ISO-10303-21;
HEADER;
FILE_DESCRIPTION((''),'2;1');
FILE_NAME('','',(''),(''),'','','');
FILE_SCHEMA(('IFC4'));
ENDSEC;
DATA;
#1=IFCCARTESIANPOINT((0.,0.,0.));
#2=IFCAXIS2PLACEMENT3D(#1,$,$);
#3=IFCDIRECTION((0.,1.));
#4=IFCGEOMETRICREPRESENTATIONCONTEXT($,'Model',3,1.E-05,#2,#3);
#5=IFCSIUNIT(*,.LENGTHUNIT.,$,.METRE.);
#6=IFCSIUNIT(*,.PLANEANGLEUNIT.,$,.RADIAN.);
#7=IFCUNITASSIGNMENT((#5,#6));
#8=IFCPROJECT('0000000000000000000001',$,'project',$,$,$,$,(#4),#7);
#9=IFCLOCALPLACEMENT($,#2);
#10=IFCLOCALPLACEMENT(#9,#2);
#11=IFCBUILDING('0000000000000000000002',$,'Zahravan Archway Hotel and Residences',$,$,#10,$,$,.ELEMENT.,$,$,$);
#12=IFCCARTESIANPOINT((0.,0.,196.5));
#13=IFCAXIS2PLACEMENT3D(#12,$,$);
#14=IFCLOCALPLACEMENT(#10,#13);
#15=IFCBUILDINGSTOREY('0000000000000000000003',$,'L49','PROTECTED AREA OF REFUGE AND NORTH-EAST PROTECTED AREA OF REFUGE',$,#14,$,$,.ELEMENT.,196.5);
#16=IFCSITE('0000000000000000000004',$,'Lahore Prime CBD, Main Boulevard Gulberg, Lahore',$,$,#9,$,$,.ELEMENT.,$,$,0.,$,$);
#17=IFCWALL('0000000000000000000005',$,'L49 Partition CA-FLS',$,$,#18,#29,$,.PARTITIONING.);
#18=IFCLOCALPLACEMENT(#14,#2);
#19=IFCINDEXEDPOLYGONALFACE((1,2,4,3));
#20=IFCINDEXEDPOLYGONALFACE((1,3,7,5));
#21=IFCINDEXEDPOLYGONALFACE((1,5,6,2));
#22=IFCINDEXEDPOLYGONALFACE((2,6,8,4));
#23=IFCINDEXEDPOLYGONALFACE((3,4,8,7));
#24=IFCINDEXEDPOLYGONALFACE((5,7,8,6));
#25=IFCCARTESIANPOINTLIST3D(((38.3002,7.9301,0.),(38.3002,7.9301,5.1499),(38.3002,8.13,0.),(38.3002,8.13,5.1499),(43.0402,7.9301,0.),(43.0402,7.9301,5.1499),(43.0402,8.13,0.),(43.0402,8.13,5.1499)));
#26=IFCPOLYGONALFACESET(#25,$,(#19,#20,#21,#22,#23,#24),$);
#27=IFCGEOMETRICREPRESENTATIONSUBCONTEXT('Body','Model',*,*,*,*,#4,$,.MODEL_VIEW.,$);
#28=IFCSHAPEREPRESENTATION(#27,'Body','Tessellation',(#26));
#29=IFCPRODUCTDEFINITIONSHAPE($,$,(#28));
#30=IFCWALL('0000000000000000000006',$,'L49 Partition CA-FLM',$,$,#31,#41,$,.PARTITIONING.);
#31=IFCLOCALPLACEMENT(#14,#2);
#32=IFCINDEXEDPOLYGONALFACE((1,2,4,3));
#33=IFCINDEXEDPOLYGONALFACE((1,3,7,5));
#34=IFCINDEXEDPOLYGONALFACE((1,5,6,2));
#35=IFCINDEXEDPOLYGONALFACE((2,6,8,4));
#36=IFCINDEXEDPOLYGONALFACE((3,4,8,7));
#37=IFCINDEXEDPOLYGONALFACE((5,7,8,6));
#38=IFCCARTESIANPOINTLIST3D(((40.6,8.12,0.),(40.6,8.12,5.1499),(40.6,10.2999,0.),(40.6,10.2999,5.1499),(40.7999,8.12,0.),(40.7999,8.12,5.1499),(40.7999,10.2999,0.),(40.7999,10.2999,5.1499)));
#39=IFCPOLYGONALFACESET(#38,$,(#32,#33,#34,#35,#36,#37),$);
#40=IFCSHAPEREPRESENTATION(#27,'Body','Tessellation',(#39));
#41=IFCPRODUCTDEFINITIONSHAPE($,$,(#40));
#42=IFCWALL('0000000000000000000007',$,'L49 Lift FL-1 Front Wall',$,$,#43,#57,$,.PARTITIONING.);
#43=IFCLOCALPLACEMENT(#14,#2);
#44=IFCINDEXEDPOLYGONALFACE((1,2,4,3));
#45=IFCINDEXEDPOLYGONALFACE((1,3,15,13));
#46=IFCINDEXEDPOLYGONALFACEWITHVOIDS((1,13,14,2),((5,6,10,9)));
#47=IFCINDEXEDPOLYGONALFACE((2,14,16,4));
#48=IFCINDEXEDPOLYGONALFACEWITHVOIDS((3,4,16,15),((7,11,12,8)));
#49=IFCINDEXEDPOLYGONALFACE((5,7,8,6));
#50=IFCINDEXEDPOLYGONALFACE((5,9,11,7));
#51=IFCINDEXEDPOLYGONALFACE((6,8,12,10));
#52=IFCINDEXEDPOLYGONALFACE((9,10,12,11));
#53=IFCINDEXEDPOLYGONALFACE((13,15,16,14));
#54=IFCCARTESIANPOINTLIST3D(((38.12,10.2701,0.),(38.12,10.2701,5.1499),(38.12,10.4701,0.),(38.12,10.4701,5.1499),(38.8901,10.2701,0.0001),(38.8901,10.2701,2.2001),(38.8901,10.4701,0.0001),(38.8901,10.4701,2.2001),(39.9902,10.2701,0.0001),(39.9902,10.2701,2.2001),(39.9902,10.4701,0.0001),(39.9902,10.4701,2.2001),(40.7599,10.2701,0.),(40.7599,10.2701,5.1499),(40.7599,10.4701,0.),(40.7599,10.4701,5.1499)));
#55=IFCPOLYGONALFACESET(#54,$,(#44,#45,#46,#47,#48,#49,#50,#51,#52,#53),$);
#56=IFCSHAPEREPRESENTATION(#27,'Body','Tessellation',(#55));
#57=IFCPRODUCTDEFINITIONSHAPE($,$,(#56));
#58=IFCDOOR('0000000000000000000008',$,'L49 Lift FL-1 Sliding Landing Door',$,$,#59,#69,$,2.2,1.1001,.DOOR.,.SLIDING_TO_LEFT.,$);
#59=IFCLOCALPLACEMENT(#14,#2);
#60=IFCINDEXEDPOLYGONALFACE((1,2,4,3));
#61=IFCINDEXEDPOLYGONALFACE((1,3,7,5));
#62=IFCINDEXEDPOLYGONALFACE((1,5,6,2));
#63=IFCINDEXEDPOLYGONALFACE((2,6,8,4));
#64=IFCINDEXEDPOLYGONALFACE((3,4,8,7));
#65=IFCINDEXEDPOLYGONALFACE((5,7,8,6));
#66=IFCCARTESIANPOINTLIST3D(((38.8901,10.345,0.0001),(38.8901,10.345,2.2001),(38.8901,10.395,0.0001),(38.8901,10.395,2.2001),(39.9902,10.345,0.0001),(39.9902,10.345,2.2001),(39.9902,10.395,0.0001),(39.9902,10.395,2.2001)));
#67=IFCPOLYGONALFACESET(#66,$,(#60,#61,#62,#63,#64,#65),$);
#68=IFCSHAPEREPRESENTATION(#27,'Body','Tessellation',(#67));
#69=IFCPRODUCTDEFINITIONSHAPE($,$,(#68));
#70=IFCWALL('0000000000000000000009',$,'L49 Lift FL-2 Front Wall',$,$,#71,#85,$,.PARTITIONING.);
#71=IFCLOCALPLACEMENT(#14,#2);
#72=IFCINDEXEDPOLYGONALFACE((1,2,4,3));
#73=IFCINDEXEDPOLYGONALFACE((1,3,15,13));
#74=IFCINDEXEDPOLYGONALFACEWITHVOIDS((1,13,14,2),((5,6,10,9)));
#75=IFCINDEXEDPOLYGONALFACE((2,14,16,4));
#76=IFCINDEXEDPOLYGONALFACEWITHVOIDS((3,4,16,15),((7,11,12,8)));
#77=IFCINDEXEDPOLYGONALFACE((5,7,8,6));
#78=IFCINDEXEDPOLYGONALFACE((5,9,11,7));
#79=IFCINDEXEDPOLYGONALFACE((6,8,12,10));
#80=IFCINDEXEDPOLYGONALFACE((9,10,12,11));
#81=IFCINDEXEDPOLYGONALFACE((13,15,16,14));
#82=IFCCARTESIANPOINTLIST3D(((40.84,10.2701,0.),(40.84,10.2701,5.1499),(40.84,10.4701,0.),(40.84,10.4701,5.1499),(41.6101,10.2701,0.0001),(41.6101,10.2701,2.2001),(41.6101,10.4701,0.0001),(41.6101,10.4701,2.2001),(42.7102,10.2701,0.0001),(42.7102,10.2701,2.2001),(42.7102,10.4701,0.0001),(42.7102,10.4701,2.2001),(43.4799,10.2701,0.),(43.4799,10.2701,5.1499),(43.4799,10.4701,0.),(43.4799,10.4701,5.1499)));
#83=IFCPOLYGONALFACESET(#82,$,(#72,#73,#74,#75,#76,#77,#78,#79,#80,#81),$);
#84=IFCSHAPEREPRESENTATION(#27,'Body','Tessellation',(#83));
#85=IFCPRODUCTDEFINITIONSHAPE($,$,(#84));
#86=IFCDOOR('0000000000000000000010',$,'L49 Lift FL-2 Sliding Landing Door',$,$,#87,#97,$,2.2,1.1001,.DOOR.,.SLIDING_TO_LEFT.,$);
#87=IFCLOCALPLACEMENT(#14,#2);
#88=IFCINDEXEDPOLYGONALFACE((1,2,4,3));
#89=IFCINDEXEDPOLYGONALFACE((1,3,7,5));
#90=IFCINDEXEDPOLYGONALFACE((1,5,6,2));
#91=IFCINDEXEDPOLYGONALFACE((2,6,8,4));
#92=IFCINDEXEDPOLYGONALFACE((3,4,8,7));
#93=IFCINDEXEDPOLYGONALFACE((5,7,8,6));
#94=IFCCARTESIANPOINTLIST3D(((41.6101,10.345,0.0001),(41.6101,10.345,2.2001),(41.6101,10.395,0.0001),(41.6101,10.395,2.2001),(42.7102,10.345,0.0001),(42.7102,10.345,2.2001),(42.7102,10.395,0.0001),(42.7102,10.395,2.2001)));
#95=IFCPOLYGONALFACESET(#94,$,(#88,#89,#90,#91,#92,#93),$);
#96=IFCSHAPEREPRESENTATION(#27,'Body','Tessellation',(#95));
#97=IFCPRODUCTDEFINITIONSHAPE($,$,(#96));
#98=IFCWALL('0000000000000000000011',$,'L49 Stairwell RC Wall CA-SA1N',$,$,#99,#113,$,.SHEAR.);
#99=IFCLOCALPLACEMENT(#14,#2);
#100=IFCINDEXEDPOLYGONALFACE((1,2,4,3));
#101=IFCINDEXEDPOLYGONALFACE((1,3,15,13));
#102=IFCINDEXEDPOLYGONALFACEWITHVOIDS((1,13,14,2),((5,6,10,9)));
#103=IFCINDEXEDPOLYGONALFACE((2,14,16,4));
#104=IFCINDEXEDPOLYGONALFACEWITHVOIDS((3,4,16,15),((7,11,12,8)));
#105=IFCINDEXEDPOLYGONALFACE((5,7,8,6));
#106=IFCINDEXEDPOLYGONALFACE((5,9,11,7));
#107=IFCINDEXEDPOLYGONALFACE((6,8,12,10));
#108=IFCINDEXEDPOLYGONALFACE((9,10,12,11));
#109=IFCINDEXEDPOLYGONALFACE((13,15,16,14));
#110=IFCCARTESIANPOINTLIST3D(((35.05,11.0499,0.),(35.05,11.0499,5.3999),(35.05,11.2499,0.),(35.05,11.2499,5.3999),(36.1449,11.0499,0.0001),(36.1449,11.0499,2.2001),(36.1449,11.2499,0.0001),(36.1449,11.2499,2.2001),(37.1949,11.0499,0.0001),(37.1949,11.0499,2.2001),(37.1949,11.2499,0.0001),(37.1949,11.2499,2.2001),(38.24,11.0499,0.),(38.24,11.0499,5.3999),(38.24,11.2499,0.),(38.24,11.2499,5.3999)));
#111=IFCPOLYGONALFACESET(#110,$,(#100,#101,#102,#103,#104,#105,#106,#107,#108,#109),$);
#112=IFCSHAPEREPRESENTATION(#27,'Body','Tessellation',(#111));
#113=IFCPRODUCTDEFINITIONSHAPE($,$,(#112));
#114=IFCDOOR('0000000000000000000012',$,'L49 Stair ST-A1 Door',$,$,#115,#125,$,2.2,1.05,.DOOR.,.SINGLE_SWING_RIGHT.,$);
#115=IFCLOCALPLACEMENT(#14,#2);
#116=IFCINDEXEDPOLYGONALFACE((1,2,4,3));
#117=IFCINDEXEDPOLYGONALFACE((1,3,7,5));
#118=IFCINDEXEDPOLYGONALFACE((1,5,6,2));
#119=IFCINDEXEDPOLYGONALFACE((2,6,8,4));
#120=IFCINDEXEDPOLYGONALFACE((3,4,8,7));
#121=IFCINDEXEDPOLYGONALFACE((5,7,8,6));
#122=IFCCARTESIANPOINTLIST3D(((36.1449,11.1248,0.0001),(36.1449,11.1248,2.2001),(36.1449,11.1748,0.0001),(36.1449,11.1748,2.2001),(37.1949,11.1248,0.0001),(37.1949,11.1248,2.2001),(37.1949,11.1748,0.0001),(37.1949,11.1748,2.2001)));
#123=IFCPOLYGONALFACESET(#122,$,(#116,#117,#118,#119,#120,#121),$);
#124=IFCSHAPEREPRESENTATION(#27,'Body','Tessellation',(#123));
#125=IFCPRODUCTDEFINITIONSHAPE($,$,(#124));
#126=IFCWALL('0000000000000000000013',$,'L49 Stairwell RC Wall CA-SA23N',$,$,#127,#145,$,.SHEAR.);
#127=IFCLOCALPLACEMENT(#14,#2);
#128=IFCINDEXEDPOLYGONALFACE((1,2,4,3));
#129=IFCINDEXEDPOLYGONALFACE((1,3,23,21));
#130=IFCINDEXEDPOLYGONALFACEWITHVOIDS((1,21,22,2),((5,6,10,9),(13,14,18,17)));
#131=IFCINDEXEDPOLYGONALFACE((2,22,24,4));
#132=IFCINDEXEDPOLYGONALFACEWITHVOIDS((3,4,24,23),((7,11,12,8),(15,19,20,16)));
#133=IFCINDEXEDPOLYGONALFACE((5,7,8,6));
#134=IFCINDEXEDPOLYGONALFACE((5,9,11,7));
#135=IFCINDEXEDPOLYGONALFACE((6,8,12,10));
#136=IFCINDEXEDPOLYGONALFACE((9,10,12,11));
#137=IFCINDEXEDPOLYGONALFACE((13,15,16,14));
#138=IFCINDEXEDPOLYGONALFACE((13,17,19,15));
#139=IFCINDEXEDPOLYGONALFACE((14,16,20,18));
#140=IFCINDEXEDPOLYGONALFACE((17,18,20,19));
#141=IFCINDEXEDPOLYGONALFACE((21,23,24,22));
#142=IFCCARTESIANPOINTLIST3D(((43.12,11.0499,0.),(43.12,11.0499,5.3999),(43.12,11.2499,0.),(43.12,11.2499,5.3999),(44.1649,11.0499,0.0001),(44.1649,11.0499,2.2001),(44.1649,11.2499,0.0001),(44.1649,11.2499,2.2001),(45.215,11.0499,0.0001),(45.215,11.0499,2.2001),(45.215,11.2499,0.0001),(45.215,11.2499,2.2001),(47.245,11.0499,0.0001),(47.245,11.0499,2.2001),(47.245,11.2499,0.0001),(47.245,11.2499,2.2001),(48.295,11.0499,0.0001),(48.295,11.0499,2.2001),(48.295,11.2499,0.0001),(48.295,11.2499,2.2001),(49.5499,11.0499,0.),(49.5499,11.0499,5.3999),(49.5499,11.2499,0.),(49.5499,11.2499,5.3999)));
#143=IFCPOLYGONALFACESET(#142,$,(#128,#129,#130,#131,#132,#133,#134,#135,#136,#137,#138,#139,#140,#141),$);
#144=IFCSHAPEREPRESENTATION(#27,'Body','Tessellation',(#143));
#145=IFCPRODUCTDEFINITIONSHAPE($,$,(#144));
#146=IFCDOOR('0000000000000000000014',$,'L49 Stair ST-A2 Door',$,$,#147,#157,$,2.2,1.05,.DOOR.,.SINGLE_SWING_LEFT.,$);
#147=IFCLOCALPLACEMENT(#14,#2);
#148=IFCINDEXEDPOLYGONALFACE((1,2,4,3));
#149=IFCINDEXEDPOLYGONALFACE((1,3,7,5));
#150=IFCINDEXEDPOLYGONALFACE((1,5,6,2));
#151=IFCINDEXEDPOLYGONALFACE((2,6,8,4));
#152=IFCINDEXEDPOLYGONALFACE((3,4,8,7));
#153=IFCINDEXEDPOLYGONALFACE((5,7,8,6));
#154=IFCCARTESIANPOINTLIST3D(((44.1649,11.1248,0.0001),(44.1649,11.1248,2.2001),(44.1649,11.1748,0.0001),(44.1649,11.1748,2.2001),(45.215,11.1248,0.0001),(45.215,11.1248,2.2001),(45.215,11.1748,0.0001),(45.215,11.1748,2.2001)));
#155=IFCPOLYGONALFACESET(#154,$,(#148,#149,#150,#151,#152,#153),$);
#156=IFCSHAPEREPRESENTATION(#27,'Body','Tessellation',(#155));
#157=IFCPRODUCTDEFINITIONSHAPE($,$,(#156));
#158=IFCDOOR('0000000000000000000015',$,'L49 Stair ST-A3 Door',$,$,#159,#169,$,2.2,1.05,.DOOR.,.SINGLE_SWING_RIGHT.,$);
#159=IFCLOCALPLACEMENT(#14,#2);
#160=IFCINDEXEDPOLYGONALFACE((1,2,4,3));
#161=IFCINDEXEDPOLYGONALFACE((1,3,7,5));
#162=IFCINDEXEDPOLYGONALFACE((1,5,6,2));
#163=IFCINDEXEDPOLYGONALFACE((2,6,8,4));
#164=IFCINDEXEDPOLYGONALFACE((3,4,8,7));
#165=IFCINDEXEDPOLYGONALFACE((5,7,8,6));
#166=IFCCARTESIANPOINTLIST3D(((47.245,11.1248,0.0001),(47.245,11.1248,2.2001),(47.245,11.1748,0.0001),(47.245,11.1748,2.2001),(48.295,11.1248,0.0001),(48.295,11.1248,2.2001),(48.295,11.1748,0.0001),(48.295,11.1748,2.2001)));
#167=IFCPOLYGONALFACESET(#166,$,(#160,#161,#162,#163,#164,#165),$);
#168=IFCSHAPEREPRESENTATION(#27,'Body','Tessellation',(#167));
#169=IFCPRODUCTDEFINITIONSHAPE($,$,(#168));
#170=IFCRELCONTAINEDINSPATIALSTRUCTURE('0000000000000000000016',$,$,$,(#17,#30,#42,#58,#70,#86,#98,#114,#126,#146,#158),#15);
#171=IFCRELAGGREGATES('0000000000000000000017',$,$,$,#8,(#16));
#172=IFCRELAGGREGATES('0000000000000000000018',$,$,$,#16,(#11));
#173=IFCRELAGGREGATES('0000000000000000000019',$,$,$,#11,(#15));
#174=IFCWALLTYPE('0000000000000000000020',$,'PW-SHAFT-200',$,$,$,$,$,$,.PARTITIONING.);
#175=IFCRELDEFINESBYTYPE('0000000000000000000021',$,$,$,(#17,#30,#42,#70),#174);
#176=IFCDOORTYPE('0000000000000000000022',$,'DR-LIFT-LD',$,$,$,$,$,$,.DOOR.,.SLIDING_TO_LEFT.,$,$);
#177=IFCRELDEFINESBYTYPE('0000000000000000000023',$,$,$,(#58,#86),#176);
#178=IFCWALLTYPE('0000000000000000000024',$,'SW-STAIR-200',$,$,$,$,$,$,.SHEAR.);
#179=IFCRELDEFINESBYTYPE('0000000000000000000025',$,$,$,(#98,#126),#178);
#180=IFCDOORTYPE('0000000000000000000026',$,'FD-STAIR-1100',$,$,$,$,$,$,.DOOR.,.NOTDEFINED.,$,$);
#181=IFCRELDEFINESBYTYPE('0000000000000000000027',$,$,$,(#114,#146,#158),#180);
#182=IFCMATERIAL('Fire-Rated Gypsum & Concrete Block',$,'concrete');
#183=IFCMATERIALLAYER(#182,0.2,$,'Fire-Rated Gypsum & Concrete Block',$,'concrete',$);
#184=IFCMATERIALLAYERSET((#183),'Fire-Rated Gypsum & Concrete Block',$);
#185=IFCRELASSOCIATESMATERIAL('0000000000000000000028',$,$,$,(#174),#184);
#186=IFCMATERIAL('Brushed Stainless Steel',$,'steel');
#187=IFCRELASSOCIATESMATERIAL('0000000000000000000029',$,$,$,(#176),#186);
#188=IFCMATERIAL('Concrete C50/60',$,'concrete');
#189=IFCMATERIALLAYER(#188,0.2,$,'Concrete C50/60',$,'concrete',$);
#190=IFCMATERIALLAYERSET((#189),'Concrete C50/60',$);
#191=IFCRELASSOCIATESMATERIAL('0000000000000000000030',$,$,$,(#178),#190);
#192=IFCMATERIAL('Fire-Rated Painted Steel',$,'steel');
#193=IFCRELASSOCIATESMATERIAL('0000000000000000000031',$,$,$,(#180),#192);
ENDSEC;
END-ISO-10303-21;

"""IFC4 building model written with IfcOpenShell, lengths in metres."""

from ifc_helpers import new_model, si_unit, direction, frame, frame_2d, origin, place, context, subcontext, project, spatial, rectangle, extrude, source, transform, mapped, material, layer, layer_set, type_object, type_shapes, element, fill, save


model = new_model("IFC4")

# Units and contexts
model_context = context("Model", 3, precision=1e-05, world=origin(), true_north=direction((0.0, 1.0)))
body_context = subcontext(model_context, "Body", "Model", "MODEL_VIEW")
ifc_project = project(units=[si_unit("LENGTHUNIT", "METRE"), si_unit("PLANEANGLEUNIT", "RADIAN")], contexts=[model_context])

# Site, building, storey
site_placement = place(None, origin())
site = spatial("IfcSite", under=ifc_project, at=site_placement, Name="Lahore Prime CBD, Main Boulevard Gulberg, Lahore", CompositionType="ELEMENT", RefElevation=0.0)
building_placement = place(site_placement, origin())
building = spatial("IfcBuilding", under=site, at=building_placement, Name="Zahravan Archway Hotel and Residences", CompositionType="ELEMENT")
storey_placement = place(building_placement, frame((0.0, 0.0, 196.5)))
storey = spatial("IfcBuildingStorey", under=building, at=storey_placement, Name="L49", Description="PROTECTED AREA OF REFUGE AND NORTH-EAST PROTECTED AREA OF REFUGE", CompositionType="ELEMENT", Elevation=196.5)

# Walls
ifc_material_1 = material(Name="Fire-Rated Gypsum & Concrete Block", Category="concrete")
ifc_layer_1 = layer(ifc_material_1, 0.2, Name="Fire-Rated Gypsum & Concrete Block", Category="concrete")
ifc_layer_set_1 = layer_set([ifc_layer_1], Name="Fire-Rated Gypsum & Concrete Block")
wall_type_1 = type_object("IfcWallType", Name="PW-SHAFT-200", PredefinedType="PARTITIONING", material=ifc_layer_set_1)
wall_1_placement = place(storey_placement, frame((38.3, 8.03, 0.0), z_axis=(0.0, 0.0, 1.0), x_axis=(1.0, 0.0, 0.0)))
element("IfcWall", 1, at=wall_1_placement, inside=storey, type_object=wall_type_1, Name="L49 Partition CA-FLS", PredefinedType="PARTITIONING", context=body_context, shape_type="SweptSolid", body=[
    extrude(rectangle(XDim=4.74, YDim=0.2, at=frame_2d((2.3701, 0.0))), origin(), (0.0, 0.0, 1.0), 5.1499),
])
wall_2_placement = place(storey_placement, frame((40.7, 8.1201, 0.0), z_axis=(0.0, 0.0, 1.0), x_axis=(0.0, 1.0, 0.0)))
element("IfcWall", 2, at=wall_2_placement, inside=storey, type_object=wall_type_1, Name="L49 Partition CA-FLM", PredefinedType="PARTITIONING", context=body_context, shape_type="SweptSolid", body=[
    extrude(rectangle(XDim=2.1799, YDim=0.2, at=frame_2d((1.0898, 0.0))), origin(), (0.0, 0.0, 1.0), 5.1499),
])

# Walls, openings, doors
wall_3_placement = place(storey_placement, frame((38.1201, 10.3701, 0.0), z_axis=(0.0, 0.0, 1.0), x_axis=(1.0, 0.0, 0.0)))
wall_3 = element("IfcWall", 3, at=wall_3_placement, inside=storey, type_object=wall_type_1, Name="L49 Lift FL-1 Front Wall", PredefinedType="PARTITIONING", context=body_context, shape_type="SweptSolid", body=[
    extrude(rectangle(XDim=2.6399, YDim=0.2, at=frame_2d((1.3198, 0.0))), origin(), (0.0, 0.0, 1.0), 5.1499),
])
opening_1_placement = place(wall_3_placement, frame((0.77, 0.0, 0.0)))
opening_1 = element("IfcOpeningElement", 4, at=opening_1_placement, cuts=wall_3, PredefinedType="OPENING", context=body_context, shape_type="SweptSolid", body=[
    extrude(rectangle(XDim=1.1001, YDim=2.2, at=frame_2d((0.55, 1.1001))), frame((0.0, 0.1099, 0.0), z_axis=(0.0, -1.0, 0.0), x_axis=(1.0, 0.0, 0.0)), (0.0, 0.0, 1.0), 0.22),
])
ifc_material_2 = material(Name="Brushed Stainless Steel", Category="steel")
door_type_1 = type_object("IfcDoorType", Name="DR-LIFT-LD", OperationType="SLIDING_TO_LEFT", PredefinedType="DOOR", material=ifc_material_2)
shared_shape_1 = source(origin(), body_context, "Body", "SweptSolid", [
    extrude(rectangle(XDim=1.1001, YDim=2.2, at=frame_2d((0.55, 1.1001))), frame((0.0, 0.0249, 0.0), z_axis=(0.0, -1.0, 0.0), x_axis=(1.0, 0.0, 0.0)), (0.0, 0.0, 1.0), 0.05),
])
type_shapes(door_type_1, [shared_shape_1])
door_1_placement = place(opening_1_placement, origin())
door_1 = element("IfcDoor", 5, at=door_1_placement, inside=storey, type_object=door_type_1, Name="L49 Lift FL-1 Sliding Landing Door", OperationType="SLIDING_TO_LEFT", OverallHeight=2.2, OverallWidth=1.1001, PredefinedType="DOOR", context=body_context, shape_type="MappedRepresentation", body=[
    mapped(shared_shape_1, transform((0.0, 0.0, 0.0), scale=1.0)),
])
fill(opening_1, door_1)
wall_4_placement = place(storey_placement, frame((40.8401, 10.3701, 0.0), z_axis=(0.0, 0.0, 1.0), x_axis=(1.0, 0.0, 0.0)))
wall_4 = element("IfcWall", 6, at=wall_4_placement, inside=storey, type_object=wall_type_1, Name="L49 Lift FL-2 Front Wall", PredefinedType="PARTITIONING", context=body_context, shape_type="SweptSolid", body=[
    extrude(rectangle(XDim=2.6399, YDim=0.2, at=frame_2d((1.3198, 0.0))), origin(), (0.0, 0.0, 1.0), 5.1499),
])
opening_2_placement = place(wall_4_placement, frame((0.77, 0.0, 0.0)))
opening_2 = element("IfcOpeningElement", 7, at=opening_2_placement, cuts=wall_4, PredefinedType="OPENING", context=body_context, shape_type="SweptSolid", body=[
    extrude(rectangle(XDim=1.1001, YDim=2.2, at=frame_2d((0.55, 1.1001))), frame((0.0, 0.1099, 0.0), z_axis=(0.0, -1.0, 0.0), x_axis=(1.0, 0.0, 0.0)), (0.0, 0.0, 1.0), 0.22),
])
door_2_placement = place(opening_2_placement, origin())
door_2 = element("IfcDoor", 8, at=door_2_placement, inside=storey, type_object=door_type_1, Name="L49 Lift FL-2 Sliding Landing Door", OperationType="SLIDING_TO_LEFT", OverallHeight=2.2, OverallWidth=1.1001, PredefinedType="DOOR", context=body_context, shape_type="MappedRepresentation", body=[
    mapped(shared_shape_1, transform((0.0, 0.0, 0.0), scale=1.0)),
])
fill(opening_2, door_2)
ifc_material_3 = material(Name="Concrete C50/60", Category="concrete")
ifc_layer_2 = layer(ifc_material_3, 0.2, Name="Concrete C50/60", Category="concrete")
ifc_layer_set_2 = layer_set([ifc_layer_2], Name="Concrete C50/60")
wall_type_2 = type_object("IfcWallType", Name="SW-STAIR-200", PredefinedType="SHEAR", material=ifc_layer_set_2)
wall_5_placement = place(storey_placement, frame((35.05, 11.1499, 0.0), z_axis=(0.0, 0.0, 1.0), x_axis=(1.0, 0.0, 0.0)))
wall_5 = element("IfcWall", 9, at=wall_5_placement, inside=storey, type_object=wall_type_2, Name="L49 Stairwell RC Wall CA-SA1N", PredefinedType="SHEAR", context=body_context, shape_type="SweptSolid", body=[
    extrude(rectangle(XDim=3.1899, YDim=0.2, at=frame_2d((1.595, 0.0))), origin(), (0.0, 0.0, 1.0), 5.3999),
])
opening_3_placement = place(wall_5_placement, frame((1.095, 0.0, 0.0)))
opening_3 = element("IfcOpeningElement", 10, at=opening_3_placement, cuts=wall_5, PredefinedType="OPENING", context=body_context, shape_type="SweptSolid", body=[
    extrude(rectangle(XDim=1.05, YDim=2.2, at=frame_2d((0.5249, 1.1001))), frame((0.0, 0.1099, 0.0), z_axis=(0.0, -1.0, 0.0), x_axis=(1.0, 0.0, 0.0)), (0.0, 0.0, 1.0), 0.22),
])
ifc_material_4 = material(Name="Fire-Rated Painted Steel", Category="steel")
door_type_2 = type_object("IfcDoorType", Name="FD-STAIR-1100", OperationType="NOTDEFINED", PredefinedType="DOOR", material=ifc_material_4)
shared_shape_2 = source(origin(), body_context, "Body", "SweptSolid", [
    extrude(rectangle(XDim=1.05, YDim=2.2, at=frame_2d((0.5249, 1.1001))), frame((0.0, 0.0249, 0.0), z_axis=(0.0, -1.0, 0.0), x_axis=(1.0, 0.0, 0.0)), (0.0, 0.0, 1.0), 0.05),
])
type_shapes(door_type_2, [shared_shape_2])
door_3_placement = place(opening_3_placement, origin())
door_3 = element("IfcDoor", 11, at=door_3_placement, inside=storey, type_object=door_type_2, Name="L49 Stair ST-A1 Door", OperationType="SINGLE_SWING_RIGHT", OverallHeight=2.2, OverallWidth=1.05, PredefinedType="DOOR", context=body_context, shape_type="MappedRepresentation", body=[
    mapped(shared_shape_2, transform((0.0, 0.0, 0.0), scale=1.0)),
])
fill(opening_3, door_3)

# Wall, openings, doors
wall_6_placement = place(storey_placement, frame((43.1201, 11.1499, 0.0), z_axis=(0.0, 0.0, 1.0), x_axis=(1.0, 0.0, 0.0)))
wall_6 = element("IfcWall", 12, at=wall_6_placement, inside=storey, type_object=wall_type_2, Name="L49 Stairwell RC Wall CA-SA23N", PredefinedType="SHEAR", context=body_context, shape_type="SweptSolid", body=[
    extrude(rectangle(XDim=6.4299, YDim=0.2, at=frame_2d((3.2148, 0.0))), origin(), (0.0, 0.0, 1.0), 5.3999),
])
opening_4_placement = place(wall_6_placement, frame((1.0449, 0.0, 0.0)))
opening_4 = element("IfcOpeningElement", 13, at=opening_4_placement, cuts=wall_6, PredefinedType="OPENING", context=body_context, shape_type="SweptSolid", body=[
    extrude(rectangle(XDim=1.05, YDim=2.2, at=frame_2d((0.5249, 1.1001))), frame((0.0, 0.1099, 0.0), z_axis=(0.0, -1.0, 0.0), x_axis=(1.0, 0.0, 0.0)), (0.0, 0.0, 1.0), 0.22),
])
opening_5_placement = place(wall_6_placement, frame((4.125, 0.0, 0.0)))
opening_5 = element("IfcOpeningElement", 14, at=opening_5_placement, cuts=wall_6, PredefinedType="OPENING", context=body_context, shape_type="SweptSolid", body=[
    extrude(rectangle(XDim=1.05, YDim=2.2, at=frame_2d((0.5249, 1.1001))), frame((0.0, 0.1099, 0.0), z_axis=(0.0, -1.0, 0.0), x_axis=(1.0, 0.0, 0.0)), (0.0, 0.0, 1.0), 0.22),
])
door_4_placement = place(opening_4_placement, origin())
door_4 = element("IfcDoor", 15, at=door_4_placement, inside=storey, type_object=door_type_2, Name="L49 Stair ST-A2 Door", OperationType="SINGLE_SWING_LEFT", OverallHeight=2.2, OverallWidth=1.05, PredefinedType="DOOR", context=body_context, shape_type="MappedRepresentation", body=[
    mapped(shared_shape_2, transform((0.0, 0.0, 0.0), scale=1.0)),
])
fill(opening_4, door_4)
door_5_placement = place(opening_5_placement, origin())
door_5 = element("IfcDoor", 16, at=door_5_placement, inside=storey, type_object=door_type_2, Name="L49 Stair ST-A3 Door", OperationType="SINGLE_SWING_RIGHT", OverallHeight=2.2, OverallWidth=1.05, PredefinedType="DOOR", context=body_context, shape_type="MappedRepresentation", body=[
    mapped(shared_shape_2, transform((0.0, 0.0, 0.0), scale=1.0)),
])
fill(opening_5, door_5)

save(model, "model.ifc")
